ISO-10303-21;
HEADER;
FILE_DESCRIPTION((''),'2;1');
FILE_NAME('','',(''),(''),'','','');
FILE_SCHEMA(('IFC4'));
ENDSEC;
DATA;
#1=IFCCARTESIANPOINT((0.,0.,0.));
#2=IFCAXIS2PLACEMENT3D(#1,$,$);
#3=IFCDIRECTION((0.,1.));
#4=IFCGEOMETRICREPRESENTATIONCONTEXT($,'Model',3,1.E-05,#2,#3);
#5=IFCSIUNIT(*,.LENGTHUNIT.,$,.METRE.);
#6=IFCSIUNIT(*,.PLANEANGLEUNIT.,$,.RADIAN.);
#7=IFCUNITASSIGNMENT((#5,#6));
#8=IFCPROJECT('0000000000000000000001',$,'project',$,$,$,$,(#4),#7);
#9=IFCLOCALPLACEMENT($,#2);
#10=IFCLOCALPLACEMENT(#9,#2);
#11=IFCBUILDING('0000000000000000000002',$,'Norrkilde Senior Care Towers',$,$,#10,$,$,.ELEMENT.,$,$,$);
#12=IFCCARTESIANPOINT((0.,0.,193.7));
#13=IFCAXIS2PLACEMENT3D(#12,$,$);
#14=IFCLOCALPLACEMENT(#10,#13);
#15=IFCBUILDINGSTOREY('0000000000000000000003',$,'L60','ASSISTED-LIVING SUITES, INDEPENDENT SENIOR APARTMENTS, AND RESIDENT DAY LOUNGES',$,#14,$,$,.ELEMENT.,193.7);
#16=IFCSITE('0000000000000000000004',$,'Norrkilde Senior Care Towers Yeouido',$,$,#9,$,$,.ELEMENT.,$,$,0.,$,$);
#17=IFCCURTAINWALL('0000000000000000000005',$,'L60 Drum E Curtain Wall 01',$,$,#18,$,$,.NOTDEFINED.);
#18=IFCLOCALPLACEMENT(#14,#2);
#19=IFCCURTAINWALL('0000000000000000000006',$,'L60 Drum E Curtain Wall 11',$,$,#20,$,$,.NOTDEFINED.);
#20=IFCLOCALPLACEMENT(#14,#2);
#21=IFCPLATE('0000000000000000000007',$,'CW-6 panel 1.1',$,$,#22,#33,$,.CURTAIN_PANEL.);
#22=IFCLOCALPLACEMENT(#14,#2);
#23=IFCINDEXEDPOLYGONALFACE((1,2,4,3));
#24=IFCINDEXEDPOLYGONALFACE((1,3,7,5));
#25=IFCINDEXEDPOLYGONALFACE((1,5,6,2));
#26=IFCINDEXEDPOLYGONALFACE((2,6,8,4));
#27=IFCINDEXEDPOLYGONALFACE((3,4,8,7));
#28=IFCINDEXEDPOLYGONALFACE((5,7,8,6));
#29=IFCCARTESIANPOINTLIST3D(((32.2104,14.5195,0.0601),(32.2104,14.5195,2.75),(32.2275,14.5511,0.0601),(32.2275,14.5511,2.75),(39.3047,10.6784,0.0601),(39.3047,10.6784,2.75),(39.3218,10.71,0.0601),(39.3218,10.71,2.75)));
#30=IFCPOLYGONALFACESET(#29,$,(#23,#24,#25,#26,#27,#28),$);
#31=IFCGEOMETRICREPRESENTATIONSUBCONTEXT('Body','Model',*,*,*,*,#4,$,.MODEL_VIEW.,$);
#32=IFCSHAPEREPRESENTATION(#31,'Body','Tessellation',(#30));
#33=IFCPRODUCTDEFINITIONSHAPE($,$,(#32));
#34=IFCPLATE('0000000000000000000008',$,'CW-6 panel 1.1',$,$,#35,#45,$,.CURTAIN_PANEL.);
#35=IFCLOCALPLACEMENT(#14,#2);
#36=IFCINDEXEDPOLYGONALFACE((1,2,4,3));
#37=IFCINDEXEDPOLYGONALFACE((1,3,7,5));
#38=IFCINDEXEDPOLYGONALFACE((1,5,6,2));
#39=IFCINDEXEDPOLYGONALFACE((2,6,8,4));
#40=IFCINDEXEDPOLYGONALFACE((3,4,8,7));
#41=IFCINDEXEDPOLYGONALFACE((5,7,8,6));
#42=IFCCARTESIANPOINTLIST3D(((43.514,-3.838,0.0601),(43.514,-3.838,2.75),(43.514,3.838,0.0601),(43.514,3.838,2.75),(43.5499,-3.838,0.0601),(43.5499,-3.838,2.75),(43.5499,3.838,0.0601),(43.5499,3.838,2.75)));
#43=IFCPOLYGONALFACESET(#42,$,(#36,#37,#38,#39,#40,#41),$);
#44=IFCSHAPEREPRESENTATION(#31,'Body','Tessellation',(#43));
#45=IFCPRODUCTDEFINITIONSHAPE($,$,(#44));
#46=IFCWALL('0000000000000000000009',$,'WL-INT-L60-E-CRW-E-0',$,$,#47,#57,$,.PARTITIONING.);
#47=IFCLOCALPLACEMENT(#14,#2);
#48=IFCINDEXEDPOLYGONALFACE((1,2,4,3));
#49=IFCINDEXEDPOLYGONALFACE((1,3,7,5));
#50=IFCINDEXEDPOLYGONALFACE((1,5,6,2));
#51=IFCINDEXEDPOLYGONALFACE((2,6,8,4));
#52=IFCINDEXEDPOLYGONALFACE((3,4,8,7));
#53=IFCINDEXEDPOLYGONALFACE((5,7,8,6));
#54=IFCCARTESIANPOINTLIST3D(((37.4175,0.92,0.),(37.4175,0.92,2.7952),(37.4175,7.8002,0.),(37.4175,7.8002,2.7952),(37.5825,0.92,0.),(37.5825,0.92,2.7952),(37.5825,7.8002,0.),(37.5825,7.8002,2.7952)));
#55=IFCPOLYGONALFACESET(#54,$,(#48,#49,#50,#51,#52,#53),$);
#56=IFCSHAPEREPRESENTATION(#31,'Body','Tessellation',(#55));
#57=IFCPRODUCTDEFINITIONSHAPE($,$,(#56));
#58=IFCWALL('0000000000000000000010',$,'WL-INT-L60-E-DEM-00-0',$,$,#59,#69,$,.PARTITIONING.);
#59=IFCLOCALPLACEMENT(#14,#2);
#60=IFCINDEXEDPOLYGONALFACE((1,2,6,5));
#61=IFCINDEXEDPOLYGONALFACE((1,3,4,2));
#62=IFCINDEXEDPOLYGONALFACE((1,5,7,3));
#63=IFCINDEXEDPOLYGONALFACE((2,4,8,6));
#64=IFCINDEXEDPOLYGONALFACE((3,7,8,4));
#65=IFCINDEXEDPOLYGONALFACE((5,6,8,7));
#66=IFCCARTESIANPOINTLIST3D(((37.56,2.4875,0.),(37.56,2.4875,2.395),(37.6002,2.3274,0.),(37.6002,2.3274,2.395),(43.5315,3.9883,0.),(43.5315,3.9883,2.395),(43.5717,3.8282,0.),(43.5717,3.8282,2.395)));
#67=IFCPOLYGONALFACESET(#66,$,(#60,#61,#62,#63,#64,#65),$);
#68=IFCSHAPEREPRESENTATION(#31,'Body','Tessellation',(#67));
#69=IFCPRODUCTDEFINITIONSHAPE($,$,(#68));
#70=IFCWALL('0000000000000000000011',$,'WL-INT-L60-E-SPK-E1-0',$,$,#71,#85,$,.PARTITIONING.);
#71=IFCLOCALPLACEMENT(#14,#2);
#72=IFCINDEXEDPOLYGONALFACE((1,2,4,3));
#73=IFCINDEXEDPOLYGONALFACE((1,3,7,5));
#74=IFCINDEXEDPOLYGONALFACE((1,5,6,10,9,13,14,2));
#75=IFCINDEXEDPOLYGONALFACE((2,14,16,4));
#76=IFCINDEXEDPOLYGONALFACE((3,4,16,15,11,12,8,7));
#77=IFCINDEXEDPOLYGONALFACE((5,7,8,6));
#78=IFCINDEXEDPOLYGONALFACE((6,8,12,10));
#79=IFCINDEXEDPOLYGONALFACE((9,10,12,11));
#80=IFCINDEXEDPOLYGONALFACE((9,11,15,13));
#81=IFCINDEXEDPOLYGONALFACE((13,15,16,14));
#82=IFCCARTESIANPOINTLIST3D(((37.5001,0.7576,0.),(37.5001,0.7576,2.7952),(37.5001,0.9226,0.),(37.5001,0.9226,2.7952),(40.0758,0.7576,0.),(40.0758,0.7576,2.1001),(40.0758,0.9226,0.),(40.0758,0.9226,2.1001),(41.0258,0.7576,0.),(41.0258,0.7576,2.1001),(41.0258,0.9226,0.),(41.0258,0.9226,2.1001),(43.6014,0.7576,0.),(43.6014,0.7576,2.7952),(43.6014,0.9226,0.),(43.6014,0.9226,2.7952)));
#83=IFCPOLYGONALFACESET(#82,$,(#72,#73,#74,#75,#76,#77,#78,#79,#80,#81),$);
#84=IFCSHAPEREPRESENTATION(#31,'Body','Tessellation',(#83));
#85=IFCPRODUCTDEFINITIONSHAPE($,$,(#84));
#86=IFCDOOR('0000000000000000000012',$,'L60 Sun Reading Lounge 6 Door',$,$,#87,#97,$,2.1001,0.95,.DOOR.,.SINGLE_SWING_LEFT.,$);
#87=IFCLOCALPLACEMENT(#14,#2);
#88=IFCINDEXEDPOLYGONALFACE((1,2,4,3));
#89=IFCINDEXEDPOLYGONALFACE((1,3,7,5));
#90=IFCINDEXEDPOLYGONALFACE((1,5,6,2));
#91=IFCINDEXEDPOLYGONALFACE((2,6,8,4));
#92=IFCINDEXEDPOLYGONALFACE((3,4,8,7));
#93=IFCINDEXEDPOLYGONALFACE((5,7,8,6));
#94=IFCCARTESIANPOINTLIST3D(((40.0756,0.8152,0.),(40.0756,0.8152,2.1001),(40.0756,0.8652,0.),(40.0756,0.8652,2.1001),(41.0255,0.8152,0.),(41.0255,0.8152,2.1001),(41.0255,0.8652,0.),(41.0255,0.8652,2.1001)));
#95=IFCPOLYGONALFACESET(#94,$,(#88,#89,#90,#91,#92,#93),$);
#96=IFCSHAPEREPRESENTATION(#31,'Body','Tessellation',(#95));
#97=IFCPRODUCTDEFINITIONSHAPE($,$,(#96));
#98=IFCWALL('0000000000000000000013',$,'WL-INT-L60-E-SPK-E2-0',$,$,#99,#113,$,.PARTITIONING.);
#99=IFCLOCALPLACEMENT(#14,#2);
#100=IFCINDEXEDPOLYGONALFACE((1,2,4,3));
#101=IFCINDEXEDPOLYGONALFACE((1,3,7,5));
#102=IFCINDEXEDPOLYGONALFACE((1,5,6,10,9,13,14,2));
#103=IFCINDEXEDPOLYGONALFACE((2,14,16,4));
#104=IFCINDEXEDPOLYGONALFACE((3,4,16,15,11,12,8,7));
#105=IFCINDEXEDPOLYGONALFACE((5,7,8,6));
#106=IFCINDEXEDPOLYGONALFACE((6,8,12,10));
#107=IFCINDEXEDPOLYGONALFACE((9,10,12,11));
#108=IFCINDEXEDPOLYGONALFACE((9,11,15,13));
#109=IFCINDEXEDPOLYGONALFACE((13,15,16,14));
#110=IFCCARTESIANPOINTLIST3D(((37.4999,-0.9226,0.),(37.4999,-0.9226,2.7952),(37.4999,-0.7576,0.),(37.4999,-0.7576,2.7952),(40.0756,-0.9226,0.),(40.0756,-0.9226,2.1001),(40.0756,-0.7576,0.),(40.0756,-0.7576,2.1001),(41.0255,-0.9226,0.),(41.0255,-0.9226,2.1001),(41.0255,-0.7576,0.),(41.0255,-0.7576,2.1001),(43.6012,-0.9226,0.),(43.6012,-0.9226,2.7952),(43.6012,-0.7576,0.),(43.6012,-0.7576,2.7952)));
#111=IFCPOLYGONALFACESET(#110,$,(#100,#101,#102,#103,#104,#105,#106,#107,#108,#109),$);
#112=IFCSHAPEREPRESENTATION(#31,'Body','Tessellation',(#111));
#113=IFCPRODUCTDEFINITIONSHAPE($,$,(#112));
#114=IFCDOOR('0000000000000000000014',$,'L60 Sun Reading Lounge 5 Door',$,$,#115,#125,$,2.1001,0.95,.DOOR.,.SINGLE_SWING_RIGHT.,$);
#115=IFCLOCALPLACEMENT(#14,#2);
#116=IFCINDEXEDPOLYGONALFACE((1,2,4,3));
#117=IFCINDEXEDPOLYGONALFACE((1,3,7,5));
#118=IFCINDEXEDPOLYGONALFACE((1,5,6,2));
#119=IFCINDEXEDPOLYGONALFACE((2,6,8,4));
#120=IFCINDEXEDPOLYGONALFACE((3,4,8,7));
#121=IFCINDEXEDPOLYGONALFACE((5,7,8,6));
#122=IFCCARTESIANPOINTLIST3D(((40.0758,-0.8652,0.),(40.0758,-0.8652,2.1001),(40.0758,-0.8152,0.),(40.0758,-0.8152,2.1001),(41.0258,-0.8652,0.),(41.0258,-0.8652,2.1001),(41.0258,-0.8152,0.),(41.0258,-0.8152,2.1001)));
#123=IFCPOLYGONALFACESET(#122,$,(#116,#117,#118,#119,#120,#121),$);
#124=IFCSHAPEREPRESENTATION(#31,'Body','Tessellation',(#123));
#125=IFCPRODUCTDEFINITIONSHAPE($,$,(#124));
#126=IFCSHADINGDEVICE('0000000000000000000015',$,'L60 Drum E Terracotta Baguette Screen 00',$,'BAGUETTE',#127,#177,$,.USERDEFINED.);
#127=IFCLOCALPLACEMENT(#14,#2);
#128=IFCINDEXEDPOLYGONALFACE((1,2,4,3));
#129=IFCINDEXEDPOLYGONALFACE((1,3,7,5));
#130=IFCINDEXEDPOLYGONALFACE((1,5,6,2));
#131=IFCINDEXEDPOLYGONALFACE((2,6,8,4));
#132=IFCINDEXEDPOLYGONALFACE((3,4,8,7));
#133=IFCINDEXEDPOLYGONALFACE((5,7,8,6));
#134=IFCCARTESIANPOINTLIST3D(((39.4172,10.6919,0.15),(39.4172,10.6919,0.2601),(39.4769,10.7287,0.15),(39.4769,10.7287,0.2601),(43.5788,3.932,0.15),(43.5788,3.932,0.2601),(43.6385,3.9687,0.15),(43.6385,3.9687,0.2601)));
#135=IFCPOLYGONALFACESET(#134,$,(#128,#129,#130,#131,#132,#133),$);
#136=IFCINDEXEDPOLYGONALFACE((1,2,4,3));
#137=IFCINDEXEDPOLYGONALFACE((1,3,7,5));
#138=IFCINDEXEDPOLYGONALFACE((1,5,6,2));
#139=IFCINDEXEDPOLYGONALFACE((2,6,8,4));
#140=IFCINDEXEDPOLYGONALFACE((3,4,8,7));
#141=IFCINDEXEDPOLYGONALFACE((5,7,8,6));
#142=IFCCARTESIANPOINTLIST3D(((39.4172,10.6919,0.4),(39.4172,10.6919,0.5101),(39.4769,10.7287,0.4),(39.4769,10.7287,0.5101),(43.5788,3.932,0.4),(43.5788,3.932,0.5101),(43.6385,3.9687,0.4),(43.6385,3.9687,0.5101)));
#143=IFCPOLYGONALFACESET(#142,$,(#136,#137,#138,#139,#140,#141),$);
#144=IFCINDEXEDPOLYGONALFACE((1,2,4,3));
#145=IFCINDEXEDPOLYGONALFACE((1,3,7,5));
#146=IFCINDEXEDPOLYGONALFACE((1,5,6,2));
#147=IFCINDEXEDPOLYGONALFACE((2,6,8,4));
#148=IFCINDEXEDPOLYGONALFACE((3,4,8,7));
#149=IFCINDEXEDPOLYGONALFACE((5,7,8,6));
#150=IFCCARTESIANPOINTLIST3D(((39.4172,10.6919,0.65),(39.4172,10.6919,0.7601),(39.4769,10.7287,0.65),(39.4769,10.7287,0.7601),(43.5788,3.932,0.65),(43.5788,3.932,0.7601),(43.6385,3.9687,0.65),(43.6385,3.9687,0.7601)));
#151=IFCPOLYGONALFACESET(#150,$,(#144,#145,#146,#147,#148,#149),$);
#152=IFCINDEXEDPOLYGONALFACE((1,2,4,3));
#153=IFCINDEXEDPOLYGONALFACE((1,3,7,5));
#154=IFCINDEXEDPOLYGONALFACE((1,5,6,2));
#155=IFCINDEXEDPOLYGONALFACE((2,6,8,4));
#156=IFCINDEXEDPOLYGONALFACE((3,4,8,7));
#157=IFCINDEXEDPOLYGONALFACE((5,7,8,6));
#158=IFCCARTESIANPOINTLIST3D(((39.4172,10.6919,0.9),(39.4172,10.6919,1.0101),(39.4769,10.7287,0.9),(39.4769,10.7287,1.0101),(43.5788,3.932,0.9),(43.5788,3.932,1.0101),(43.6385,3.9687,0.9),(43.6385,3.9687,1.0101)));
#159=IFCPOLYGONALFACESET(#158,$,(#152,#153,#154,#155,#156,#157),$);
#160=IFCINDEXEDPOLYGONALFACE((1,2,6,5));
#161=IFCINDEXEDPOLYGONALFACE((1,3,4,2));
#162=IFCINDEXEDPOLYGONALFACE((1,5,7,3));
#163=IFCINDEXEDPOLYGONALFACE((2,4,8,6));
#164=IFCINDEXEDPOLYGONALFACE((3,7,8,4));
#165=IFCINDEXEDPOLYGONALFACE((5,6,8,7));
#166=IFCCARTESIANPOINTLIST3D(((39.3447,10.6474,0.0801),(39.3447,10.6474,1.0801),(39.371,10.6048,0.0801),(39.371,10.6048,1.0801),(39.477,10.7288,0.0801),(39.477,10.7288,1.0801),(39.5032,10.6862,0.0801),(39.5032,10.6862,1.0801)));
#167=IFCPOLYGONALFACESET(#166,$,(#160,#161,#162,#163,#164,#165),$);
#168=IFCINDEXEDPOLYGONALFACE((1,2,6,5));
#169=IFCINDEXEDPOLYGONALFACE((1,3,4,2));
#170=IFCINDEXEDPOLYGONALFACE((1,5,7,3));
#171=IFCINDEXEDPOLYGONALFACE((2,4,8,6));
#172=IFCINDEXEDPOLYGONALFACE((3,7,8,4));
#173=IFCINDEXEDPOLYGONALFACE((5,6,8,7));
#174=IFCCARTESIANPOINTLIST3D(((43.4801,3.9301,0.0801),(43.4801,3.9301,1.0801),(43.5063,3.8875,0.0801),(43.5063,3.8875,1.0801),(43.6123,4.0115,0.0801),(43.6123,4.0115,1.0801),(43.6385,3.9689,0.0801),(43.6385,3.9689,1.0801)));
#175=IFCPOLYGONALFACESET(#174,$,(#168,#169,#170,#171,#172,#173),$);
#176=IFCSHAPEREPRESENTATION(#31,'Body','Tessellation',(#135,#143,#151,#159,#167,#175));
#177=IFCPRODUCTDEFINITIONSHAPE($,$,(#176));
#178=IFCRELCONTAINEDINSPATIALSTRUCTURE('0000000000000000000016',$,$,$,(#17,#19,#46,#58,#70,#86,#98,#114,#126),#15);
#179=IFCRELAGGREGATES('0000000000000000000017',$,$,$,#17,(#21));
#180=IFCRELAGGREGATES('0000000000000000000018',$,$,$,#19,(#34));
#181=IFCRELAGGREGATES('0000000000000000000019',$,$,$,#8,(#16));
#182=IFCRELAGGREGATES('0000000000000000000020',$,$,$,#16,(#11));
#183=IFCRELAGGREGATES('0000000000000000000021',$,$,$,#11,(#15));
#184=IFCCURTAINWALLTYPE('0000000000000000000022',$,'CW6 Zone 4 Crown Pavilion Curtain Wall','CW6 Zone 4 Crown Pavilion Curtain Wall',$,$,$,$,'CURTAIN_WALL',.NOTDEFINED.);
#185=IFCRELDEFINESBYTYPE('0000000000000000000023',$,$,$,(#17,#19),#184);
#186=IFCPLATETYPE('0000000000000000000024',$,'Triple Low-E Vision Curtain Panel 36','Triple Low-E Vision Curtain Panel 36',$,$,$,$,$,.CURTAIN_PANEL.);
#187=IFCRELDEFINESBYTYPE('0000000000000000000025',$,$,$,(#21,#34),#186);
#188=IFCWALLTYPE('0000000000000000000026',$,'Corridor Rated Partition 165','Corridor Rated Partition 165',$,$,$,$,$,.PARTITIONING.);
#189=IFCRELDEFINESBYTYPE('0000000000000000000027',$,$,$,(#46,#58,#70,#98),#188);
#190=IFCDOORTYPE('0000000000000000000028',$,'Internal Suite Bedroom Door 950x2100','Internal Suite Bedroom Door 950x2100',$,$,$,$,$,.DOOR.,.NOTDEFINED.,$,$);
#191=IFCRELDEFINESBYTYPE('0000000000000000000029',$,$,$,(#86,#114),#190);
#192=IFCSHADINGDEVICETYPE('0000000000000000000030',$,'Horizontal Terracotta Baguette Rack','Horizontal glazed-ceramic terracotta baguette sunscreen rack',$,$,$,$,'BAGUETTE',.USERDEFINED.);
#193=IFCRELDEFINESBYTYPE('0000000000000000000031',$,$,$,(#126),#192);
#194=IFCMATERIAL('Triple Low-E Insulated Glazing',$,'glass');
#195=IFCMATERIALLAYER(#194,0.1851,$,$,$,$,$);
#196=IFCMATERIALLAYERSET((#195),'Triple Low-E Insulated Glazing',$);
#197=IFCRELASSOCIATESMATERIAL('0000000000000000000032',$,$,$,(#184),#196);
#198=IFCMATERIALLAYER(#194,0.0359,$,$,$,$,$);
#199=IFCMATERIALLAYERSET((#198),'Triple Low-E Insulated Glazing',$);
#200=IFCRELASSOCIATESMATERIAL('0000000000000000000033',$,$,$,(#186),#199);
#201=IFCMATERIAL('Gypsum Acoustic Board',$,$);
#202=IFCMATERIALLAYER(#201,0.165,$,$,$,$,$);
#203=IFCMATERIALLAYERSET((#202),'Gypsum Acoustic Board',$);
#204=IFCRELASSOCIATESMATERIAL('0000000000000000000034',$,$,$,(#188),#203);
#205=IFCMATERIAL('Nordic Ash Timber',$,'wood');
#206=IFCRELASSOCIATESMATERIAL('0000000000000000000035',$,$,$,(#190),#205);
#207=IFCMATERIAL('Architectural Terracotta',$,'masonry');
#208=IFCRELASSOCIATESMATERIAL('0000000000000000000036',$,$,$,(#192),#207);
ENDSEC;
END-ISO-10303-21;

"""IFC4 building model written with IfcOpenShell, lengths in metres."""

from ifc_helpers import new_model, si_unit, direction, frame, frame_2d, origin, origin_2d, place, context, subcontext, project, spatial, rectangle, extrude, source, transform, mapped, material, layer, layer_set, type_object, type_shapes, element, fill, aggregate, save


model = new_model("IFC4")

# Units and contexts
model_context = context("Model", 3, precision=1e-05, world=origin(), true_north=direction((0.0, 1.0)))
body_context = subcontext(model_context, "Body", "Model", "MODEL_VIEW")
ifc_project = project(units=[si_unit("LENGTHUNIT", "METRE"), si_unit("PLANEANGLEUNIT", "RADIAN")], contexts=[model_context])

# Site, building, storey
site_placement = place(None, origin())
site = spatial("IfcSite", under=ifc_project, at=site_placement, Name="Norrkilde Senior Care Towers Yeouido", CompositionType="ELEMENT", RefElevation=0.0)
building_placement = place(site_placement, origin())
building = spatial("IfcBuilding", under=site, at=building_placement, Name="Norrkilde Senior Care Towers", CompositionType="ELEMENT")
storey_placement = place(building_placement, frame((0.0, 0.0, 193.7)))
storey = spatial("IfcBuildingStorey", under=building, at=storey_placement, Name="L60", Description="ASSISTED-LIVING SUITES, INDEPENDENT SENIOR APARTMENTS, AND RESIDENT DAY LOUNGES", CompositionType="ELEMENT", Elevation=193.7)

# Shared definitions
ifc_material_1 = material(Name="Triple Low-E Insulated Glazing", Category="glass")
ifc_layer_1 = layer(ifc_material_1, 0.1851)
ifc_layer_set_1 = layer_set([ifc_layer_1], Name="Triple Low-E Insulated Glazing")
curtain_wall_type = type_object("IfcCurtainWallType", Name="CW6 Zone 4 Crown Pavilion Curtain Wall", Description="CW6 Zone 4 Crown Pavilion Curtain Wall", ElementType="CURTAIN_WALL", PredefinedType="NOTDEFINED", material=ifc_layer_set_1)

# Curtain walls
curtain_wall_1_placement = place(storey_placement, origin())
curtain_wall_1 = element("IfcCurtainWall", 1, at=curtain_wall_1_placement, inside=storey, type_object=curtain_wall_type, Name="L60 Drum E Curtain Wall 01", PredefinedType="NOTDEFINED")
curtain_wall_2_placement = place(storey_placement, origin())
curtain_wall_2 = element("IfcCurtainWall", 2, at=curtain_wall_2_placement, inside=storey, type_object=curtain_wall_type, Name="L60 Drum E Curtain Wall 11", PredefinedType="NOTDEFINED")

# Plates
ifc_layer_2 = layer(ifc_material_1, 0.0359)
ifc_layer_set_2 = layer_set([ifc_layer_2], Name="Triple Low-E Insulated Glazing")
plate_type = type_object("IfcPlateType", Name="Triple Low-E Vision Curtain Panel 36", Description="Triple Low-E Vision Curtain Panel 36", PredefinedType="CURTAIN_PANEL", material=ifc_layer_set_2)
shared_shape_1 = source(origin(), body_context, "Body", "SweptSolid", [
    extrude(rectangle(XDim=8.0674, YDim=0.0359, at=origin_2d()), origin(), (0.0, 0.0, 1.0), 2.6899),
])
plate_1_placement = place(storey_placement, frame((35.7661, 12.6147, 0.0601), z_axis=(0.0, 0.0, 1.0), x_axis=(0.879373, -0.476133, 0.0)))
plate_1 = element("IfcPlate", 3, at=plate_1_placement, type_object=plate_type, Name="CW-6 panel 1.1", PredefinedType="CURTAIN_PANEL", context=body_context, shape_type="MappedRepresentation", body=[
    mapped(shared_shape_1, transform((0.0, 0.0, 0.0), x_axis=(1.0, 0.0, 0.0), y_axis=(0.0, 1.0, 0.0), z_axis=(0.0, 0.0, 1.0), scale=1.0)),
])
aggregate(curtain_wall_1, [plate_1])
shared_shape_2 = source(origin(), body_context, "Body", "SweptSolid", [
    extrude(rectangle(XDim=7.676, YDim=0.0359, at=origin_2d()), origin(), (0.0, 0.0, 1.0), 2.6899),
])
plate_2_placement = place(storey_placement, frame((43.532, 0.0, 0.0601), z_axis=(0.0, 0.0, 1.0), x_axis=(0.0, -1.0, 0.0)))
plate_2 = element("IfcPlate", 4, at=plate_2_placement, type_object=plate_type, Name="CW-6 panel 1.1", PredefinedType="CURTAIN_PANEL", context=body_context, shape_type="MappedRepresentation", body=[
    mapped(shared_shape_2, transform((0.0, 0.0, 0.0), x_axis=(1.0, 0.0, 0.0), y_axis=(0.0, 1.0, 0.0), z_axis=(0.0, 0.0, 1.0), scale=1.0)),
])
aggregate(curtain_wall_2, [plate_2])

# Walls
ifc_material_2 = material(Name="Gypsum Acoustic Board")
ifc_layer_3 = layer(ifc_material_2, 0.165)
ifc_layer_set_3 = layer_set([ifc_layer_3], Name="Gypsum Acoustic Board")
wall_type_1 = type_object("IfcWallType", Name="Corridor Rated Partition 165", Description="Corridor Rated Partition 165", PredefinedType="PARTITIONING", material=ifc_layer_set_3)
shared_shape_3 = source(origin(), body_context, "Body", "SweptSolid", [
    extrude(rectangle(XDim=6.8801, YDim=0.165, at=frame_2d((3.4399, 0.0))), origin(), (0.0, 0.0, 1.0), 2.7952),
])
wall_1_placement = place(storey_placement, frame((37.5, 7.8, 0.0), z_axis=(0.0, 0.0, 1.0), x_axis=(0.0, -1.0, 0.0)))
element("IfcWall", 5, at=wall_1_placement, inside=storey, type_object=wall_type_1, Name="WL-INT-L60-E-CRW-E-0", PredefinedType="PARTITIONING", context=body_context, shape_type="MappedRepresentation", body=[
    mapped(shared_shape_3, transform((0.0, 0.0, 0.0), x_axis=(1.0, 0.0, 0.0), y_axis=(0.0, 1.0, 0.0), z_axis=(0.0, 0.0, 1.0), scale=1.0)),
])
shared_shape_4 = source(origin(), body_context, "Body", "SweptSolid", [
    extrude(rectangle(XDim=6.1572, YDim=0.165, at=frame_2d((3.0786, 0.0))), origin(), (0.0, 0.0, 1.0), 2.395),
])
wall_2_placement = place(storey_placement, frame((37.5801, 2.4075, 0.0), z_axis=(0.0, 0.0, 1.0), x_axis=(0.969841, 0.243739, 0.0)))
element("IfcWall", 6, at=wall_2_placement, inside=storey, type_object=wall_type_1, Name="WL-INT-L60-E-DEM-00-0", PredefinedType="PARTITIONING", context=body_context, shape_type="MappedRepresentation", body=[
    mapped(shared_shape_4, transform((0.0, 0.0, 0.0), x_axis=(1.0, 0.0, 0.0), y_axis=(0.0, 1.0, 0.0), z_axis=(0.0, 0.0, 1.0), scale=1.0)),
])

# Walls, openings, doors
shared_shape_5 = source(origin(), body_context, "Body", "SweptSolid", [
    extrude(rectangle(XDim=6.1013, YDim=0.165, at=frame_2d((3.0508, 0.0))), origin(), (0.0, 0.0, 1.0), 2.7952),
])
type_shapes(wall_type_1, [shared_shape_3, shared_shape_4, shared_shape_5])
wall_3_placement = place(storey_placement, frame((37.5, 0.8401, 0.0), z_axis=(0.0, 0.0, 1.0), x_axis=(1.0, 0.0, 0.0)))
wall_3 = element("IfcWall", 7, at=wall_3_placement, inside=storey, type_object=wall_type_1, Name="WL-INT-L60-E-SPK-E1-0", PredefinedType="PARTITIONING", context=body_context, shape_type="MappedRepresentation", body=[
    mapped(shared_shape_5, transform((0.0, 0.0, 0.0), x_axis=(1.0, 0.0, 0.0), y_axis=(0.0, 1.0, 0.0), z_axis=(0.0, 0.0, 1.0), scale=1.0)),
])
opening_1_placement = place(wall_3_placement, frame((2.5757, 0.0, 0.0)))
opening_1 = element("IfcOpeningElement", 8, at=opening_1_placement, cuts=wall_3, PredefinedType="OPENING", context=body_context, shape_type="SweptSolid", body=[
    extrude(rectangle(XDim=0.95, YDim=2.1001, at=frame_2d((0.4751, 1.05))), frame((0.0, 0.0925, 0.0), z_axis=(0.0, -1.0, 0.0), x_axis=(1.0, 0.0, 0.0)), (0.0, 0.0, 1.0), 0.1851),
])
ifc_material_3 = material(Name="Nordic Ash Timber", Category="wood")
door_type_1 = type_object("IfcDoorType", Name="Internal Suite Bedroom Door 950x2100", Description="Internal Suite Bedroom Door 950x2100", OperationType="NOTDEFINED", PredefinedType="DOOR", material=ifc_material_3)
shared_shape_6 = source(origin(), body_context, "Body", "SweptSolid", [
    extrude(rectangle(XDim=0.95, YDim=2.1001, at=frame_2d((0.4751, 1.05))), frame((0.0, 0.0249, 0.0), z_axis=(0.0, -1.0, 0.0), x_axis=(1.0, 0.0, 0.0)), (0.0, 0.0, 1.0), 0.05),
])
type_shapes(door_type_1, [shared_shape_6])
door_1_placement = place(opening_1_placement, frame((0.95, 0.0, 0.0), z_axis=(0.0, 0.0, 1.0), x_axis=(-1.0, 0.0, 0.0)))
door_1 = element("IfcDoor", 9, at=door_1_placement, inside=storey, type_object=door_type_1, Name="L60 Sun Reading Lounge 6 Door", OperationType="SINGLE_SWING_LEFT", OverallHeight=2.1001, OverallWidth=0.95, PredefinedType="DOOR", context=body_context, shape_type="MappedRepresentation", body=[
    mapped(shared_shape_6, transform((0.0, 0.0, 0.0), x_axis=(1.0, 0.0, 0.0), y_axis=(0.0, 1.0, 0.0), z_axis=(0.0, 0.0, 1.0), scale=1.0)),
])
fill(opening_1, door_1)
wall_4_placement = place(storey_placement, frame((43.6013, -0.8401, 0.0), z_axis=(0.0, 0.0, 1.0), x_axis=(-1.0, 0.0, 0.0)))
wall_4 = element("IfcWall", 10, at=wall_4_placement, inside=storey, type_object=wall_type_1, Name="WL-INT-L60-E-SPK-E2-0", PredefinedType="PARTITIONING", context=body_context, shape_type="MappedRepresentation", body=[
    mapped(shared_shape_5, transform((0.0, 0.0, 0.0), x_axis=(1.0, 0.0, 0.0), y_axis=(0.0, 1.0, 0.0), z_axis=(0.0, 0.0, 1.0), scale=1.0)),
])
opening_2_placement = place(wall_4_placement, frame((2.5757, 0.0, 0.0)))
opening_2 = element("IfcOpeningElement", 11, at=opening_2_placement, cuts=wall_4, PredefinedType="OPENING", context=body_context, shape_type="SweptSolid", body=[
    extrude(rectangle(XDim=0.95, YDim=2.1001, at=frame_2d((0.4751, 1.05))), frame((0.0, 0.0925, 0.0), z_axis=(0.0, -1.0, 0.0), x_axis=(1.0, 0.0, 0.0)), (0.0, 0.0, 1.0), 0.1851),
])
door_2_placement = place(opening_2_placement, frame((0.95, 0.0, 0.0), z_axis=(0.0, 0.0, 1.0), x_axis=(-1.0, 0.0, 0.0)))
door_2 = element("IfcDoor", 12, at=door_2_placement, inside=storey, type_object=door_type_1, Name="L60 Sun Reading Lounge 5 Door", OperationType="SINGLE_SWING_RIGHT", OverallHeight=2.1001, OverallWidth=0.95, PredefinedType="DOOR", context=body_context, shape_type="MappedRepresentation", body=[
    mapped(shared_shape_6, transform((0.0, 0.0, 0.0), x_axis=(1.0, 0.0, 0.0), y_axis=(0.0, 1.0, 0.0), z_axis=(0.0, 0.0, 1.0), scale=1.0)),
])
fill(opening_2, door_2)

# Shading device
ifc_material_4 = material(Name="Architectural Terracotta", Category="masonry")
shading_device_type = type_object("IfcShadingDeviceType", Name="Horizontal Terracotta Baguette Rack", Description="Horizontal glazed-ceramic terracotta baguette sunscreen rack", ElementType="BAGUETTE", PredefinedType="USERDEFINED", material=ifc_material_4)
shared_shape_7 = source(origin(), body_context, "Body", "SweptSolid", [
    extrude(rectangle(XDim=0.0701, YDim=0.1101, at=origin_2d()), frame((0.0, 0.0901, 0.125), z_axis=(1.0, 0.0, 0.0), x_axis=(0.0, 1.0, 0.0)), (0.0, 0.0, 1.0), 7.9382),
    extrude(rectangle(XDim=0.0701, YDim=0.1101, at=origin_2d()), frame((0.0, 0.0901, 0.375), z_axis=(1.0, 0.0, 0.0), x_axis=(0.0, 1.0, 0.0)), (0.0, 0.0, 1.0), 7.9382),
    extrude(rectangle(XDim=0.0701, YDim=0.1101, at=origin_2d()), frame((0.0, 0.0901, 0.625), z_axis=(1.0, 0.0, 0.0), x_axis=(0.0, 1.0, 0.0)), (0.0, 0.0, 1.0), 7.9382),
    extrude(rectangle(XDim=0.0701, YDim=0.1101, at=origin_2d()), frame((0.0, 0.0901, 0.875), z_axis=(1.0, 0.0, 0.0), x_axis=(0.0, 1.0, 0.0)), (0.0, 0.0, 1.0), 7.9382),
    extrude(rectangle(XDim=0.05, YDim=0.1553, at=origin_2d()), frame((0.0249, 0.0476, 0.0)), (0.0, 0.0, 1.0), 1.0),
    extrude(rectangle(XDim=0.05, YDim=0.1553, at=origin_2d()), frame((7.9131, 0.0476, 0.0)), (0.0, 0.0, 1.0), 1.0),
])
type_shapes(shading_device_type, [shared_shape_7])
shading_device_placement = place(storey_placement, frame((39.3704, 10.6631, 0.0801), z_axis=(0.0, 0.0, 1.0), x_axis=(0.52425, -0.851576, 0.0)))
element("IfcShadingDevice", 13, at=shading_device_placement, inside=storey, type_object=shading_device_type, Name="L60 Drum E Terracotta Baguette Screen 00", ObjectType="BAGUETTE", PredefinedType="USERDEFINED", context=body_context, shape_type="MappedRepresentation", body=[
    mapped(shared_shape_7, transform((0.0, 0.0, 0.0), x_axis=(1.0, 0.0, 0.0), y_axis=(0.0, 1.0, 0.0), z_axis=(0.0, 0.0, 1.0), scale=1.0)),
])

save(model, "model.ifc")
